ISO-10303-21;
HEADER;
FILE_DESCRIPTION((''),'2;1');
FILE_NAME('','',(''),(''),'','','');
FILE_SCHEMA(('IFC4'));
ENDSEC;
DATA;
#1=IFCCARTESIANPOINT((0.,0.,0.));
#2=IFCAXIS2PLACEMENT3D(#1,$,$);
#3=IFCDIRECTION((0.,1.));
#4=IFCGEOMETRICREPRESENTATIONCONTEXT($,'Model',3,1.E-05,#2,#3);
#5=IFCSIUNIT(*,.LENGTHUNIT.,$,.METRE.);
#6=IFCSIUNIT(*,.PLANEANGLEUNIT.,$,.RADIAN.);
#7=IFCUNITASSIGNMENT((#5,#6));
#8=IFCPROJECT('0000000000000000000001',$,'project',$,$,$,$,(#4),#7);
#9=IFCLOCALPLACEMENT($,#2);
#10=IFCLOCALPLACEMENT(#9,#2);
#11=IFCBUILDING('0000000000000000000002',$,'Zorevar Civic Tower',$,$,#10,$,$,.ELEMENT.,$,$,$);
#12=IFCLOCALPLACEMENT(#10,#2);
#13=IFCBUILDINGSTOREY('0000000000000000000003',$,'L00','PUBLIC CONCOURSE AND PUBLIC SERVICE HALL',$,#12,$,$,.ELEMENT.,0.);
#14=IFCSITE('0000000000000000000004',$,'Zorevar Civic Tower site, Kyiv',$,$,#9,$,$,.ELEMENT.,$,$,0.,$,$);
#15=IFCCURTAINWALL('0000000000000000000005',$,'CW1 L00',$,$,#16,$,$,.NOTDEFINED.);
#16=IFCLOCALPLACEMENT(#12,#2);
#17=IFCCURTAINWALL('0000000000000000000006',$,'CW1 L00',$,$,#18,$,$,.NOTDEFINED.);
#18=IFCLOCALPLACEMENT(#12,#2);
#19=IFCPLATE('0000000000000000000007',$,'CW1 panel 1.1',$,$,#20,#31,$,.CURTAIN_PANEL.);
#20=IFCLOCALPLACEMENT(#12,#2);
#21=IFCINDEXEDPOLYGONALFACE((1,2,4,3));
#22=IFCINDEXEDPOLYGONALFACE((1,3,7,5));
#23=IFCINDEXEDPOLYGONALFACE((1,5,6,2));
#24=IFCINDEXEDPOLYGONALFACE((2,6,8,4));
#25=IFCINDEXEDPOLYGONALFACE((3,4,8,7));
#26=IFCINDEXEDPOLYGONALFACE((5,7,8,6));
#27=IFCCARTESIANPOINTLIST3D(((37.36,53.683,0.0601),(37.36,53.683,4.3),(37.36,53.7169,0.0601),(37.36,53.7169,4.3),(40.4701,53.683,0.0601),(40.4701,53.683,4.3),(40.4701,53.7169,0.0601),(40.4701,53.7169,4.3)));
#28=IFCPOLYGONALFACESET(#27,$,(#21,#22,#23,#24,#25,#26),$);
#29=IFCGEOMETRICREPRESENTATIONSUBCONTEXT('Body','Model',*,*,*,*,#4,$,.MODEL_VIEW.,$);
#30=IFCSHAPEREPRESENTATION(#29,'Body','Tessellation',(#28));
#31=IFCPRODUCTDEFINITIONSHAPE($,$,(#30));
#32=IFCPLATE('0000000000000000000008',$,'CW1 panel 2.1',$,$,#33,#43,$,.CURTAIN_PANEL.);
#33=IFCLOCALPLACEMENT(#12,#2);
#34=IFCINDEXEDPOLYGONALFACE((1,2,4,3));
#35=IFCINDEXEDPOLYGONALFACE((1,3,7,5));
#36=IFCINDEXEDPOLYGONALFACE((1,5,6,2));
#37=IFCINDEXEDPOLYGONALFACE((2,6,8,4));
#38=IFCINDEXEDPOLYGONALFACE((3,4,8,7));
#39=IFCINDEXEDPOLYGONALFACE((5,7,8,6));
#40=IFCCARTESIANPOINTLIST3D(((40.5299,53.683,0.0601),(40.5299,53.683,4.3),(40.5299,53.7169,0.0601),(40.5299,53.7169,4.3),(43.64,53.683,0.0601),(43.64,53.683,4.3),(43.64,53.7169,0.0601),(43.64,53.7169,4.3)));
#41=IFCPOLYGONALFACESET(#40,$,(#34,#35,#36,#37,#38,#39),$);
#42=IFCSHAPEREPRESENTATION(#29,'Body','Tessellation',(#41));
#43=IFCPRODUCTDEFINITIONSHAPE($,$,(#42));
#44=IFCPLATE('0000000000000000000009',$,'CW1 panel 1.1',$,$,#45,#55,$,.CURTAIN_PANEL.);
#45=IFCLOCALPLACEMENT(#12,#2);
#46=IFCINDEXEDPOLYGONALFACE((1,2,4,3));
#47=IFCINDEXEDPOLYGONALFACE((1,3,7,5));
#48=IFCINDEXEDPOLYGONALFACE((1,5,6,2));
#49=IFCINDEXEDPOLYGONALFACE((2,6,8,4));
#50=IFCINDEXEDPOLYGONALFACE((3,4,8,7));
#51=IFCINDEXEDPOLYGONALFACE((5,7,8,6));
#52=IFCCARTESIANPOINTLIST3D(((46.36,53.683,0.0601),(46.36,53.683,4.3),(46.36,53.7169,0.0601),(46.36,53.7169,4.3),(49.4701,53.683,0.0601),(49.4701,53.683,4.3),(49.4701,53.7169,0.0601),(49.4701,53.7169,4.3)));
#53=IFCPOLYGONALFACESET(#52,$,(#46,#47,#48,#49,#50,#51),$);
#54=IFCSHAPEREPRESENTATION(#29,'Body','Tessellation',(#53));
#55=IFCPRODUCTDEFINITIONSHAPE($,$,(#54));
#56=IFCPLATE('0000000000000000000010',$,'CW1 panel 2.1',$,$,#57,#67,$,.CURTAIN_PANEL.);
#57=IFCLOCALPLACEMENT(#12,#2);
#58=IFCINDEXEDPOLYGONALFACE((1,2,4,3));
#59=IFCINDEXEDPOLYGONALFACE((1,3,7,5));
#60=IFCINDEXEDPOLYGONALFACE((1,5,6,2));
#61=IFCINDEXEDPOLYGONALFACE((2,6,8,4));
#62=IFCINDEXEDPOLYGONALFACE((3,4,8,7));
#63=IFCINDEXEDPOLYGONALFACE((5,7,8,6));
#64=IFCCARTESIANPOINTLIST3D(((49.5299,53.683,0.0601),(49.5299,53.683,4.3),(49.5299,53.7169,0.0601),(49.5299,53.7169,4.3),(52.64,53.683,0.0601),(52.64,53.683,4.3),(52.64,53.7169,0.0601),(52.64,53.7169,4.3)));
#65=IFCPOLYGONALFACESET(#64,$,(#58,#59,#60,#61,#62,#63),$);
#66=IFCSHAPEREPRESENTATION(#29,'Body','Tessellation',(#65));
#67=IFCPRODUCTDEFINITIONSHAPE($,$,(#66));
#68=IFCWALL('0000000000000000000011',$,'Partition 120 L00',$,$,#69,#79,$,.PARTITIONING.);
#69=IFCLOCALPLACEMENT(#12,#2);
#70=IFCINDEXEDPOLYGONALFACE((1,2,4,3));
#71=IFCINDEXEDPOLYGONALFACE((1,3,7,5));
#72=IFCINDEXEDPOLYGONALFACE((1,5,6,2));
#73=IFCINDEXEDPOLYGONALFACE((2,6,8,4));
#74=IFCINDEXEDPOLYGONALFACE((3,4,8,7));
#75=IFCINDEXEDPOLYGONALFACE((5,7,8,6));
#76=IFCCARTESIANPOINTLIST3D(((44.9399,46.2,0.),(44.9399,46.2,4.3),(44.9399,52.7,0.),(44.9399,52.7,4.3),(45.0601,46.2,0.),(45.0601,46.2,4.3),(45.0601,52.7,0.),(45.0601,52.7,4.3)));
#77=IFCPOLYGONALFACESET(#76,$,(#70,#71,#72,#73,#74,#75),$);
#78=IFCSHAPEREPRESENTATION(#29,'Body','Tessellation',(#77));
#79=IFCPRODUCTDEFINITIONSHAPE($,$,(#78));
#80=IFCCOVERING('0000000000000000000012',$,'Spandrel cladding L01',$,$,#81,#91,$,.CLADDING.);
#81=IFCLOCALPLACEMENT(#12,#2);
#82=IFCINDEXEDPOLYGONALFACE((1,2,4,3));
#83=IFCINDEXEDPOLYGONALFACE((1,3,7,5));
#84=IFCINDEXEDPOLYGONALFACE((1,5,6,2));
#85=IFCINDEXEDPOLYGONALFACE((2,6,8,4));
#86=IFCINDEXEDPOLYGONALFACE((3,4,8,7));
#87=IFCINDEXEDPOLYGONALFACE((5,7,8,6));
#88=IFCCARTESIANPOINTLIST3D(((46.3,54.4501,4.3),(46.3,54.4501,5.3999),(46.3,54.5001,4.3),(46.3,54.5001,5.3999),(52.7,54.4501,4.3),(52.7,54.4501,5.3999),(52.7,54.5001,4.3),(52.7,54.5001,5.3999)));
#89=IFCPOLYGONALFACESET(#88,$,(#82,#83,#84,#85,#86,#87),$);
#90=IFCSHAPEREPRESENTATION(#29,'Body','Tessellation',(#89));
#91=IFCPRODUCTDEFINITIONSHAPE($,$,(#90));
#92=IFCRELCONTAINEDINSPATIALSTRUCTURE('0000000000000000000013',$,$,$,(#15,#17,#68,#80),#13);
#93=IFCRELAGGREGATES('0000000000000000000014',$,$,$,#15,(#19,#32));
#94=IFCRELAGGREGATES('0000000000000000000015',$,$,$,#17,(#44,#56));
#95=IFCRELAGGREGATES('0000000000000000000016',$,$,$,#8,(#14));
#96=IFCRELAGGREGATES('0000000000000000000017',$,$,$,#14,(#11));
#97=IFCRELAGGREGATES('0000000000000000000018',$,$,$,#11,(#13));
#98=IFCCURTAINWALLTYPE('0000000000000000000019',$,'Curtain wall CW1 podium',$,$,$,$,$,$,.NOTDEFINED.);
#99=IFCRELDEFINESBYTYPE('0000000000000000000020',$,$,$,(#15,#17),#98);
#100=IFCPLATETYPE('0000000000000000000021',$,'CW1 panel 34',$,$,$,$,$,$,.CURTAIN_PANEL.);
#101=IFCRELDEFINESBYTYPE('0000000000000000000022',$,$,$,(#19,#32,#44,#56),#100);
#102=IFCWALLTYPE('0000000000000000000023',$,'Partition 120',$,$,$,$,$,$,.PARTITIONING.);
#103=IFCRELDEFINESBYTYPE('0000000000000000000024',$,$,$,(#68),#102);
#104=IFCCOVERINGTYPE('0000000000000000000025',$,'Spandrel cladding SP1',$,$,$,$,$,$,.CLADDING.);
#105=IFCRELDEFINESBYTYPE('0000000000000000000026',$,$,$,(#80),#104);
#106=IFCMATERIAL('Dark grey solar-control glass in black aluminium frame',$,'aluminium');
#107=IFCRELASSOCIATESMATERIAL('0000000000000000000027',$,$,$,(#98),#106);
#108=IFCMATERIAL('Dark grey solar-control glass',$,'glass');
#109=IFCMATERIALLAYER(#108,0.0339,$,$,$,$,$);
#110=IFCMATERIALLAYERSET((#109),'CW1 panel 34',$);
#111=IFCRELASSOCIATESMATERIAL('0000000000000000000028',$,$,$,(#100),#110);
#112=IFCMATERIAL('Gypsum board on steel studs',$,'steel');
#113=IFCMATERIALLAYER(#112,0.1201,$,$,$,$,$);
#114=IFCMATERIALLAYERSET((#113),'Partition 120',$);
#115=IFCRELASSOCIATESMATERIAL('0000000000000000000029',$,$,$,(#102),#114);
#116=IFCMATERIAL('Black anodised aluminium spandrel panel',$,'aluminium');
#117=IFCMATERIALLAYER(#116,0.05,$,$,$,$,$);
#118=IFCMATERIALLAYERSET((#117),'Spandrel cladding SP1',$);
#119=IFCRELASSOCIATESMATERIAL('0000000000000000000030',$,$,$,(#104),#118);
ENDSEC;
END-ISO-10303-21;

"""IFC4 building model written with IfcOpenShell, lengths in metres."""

from ifc_helpers import new_model, si_unit, direction, frame, frame_2d, origin, origin_2d, place, context, subcontext, project, spatial, rectangle, extrude, material, layer, layer_set, type_object, element, aggregate, save


model = new_model("IFC4")

# Units and contexts
model_context = context("Model", 3, precision=1e-05, world=origin(), true_north=direction((0.0, 1.0)))
body_context = subcontext(model_context, "Body", "Model", "MODEL_VIEW")
ifc_project = project(units=[si_unit("LENGTHUNIT", "METRE"), si_unit("PLANEANGLEUNIT", "RADIAN")], contexts=[model_context])

# Site, building, storey
site_placement = place(None, origin())
site = spatial("IfcSite", under=ifc_project, at=site_placement, Name="Zorevar Civic Tower site, Kyiv", CompositionType="ELEMENT", RefElevation=0.0)
building_placement = place(site_placement, origin())
building = spatial("IfcBuilding", under=site, at=building_placement, Name="Zorevar Civic Tower", CompositionType="ELEMENT")
storey_placement = place(building_placement, origin())
storey = spatial("IfcBuildingStorey", under=building, at=storey_placement, Name="L00", Description="PUBLIC CONCOURSE AND PUBLIC SERVICE HALL", CompositionType="ELEMENT", Elevation=0.0)

# Curtain walls
ifc_material_1 = material(Name="Dark grey solar-control glass in black aluminium frame", Category="aluminium")
curtain_wall_type = type_object("IfcCurtainWallType", Name="Curtain wall CW1 podium", PredefinedType="NOTDEFINED", material=ifc_material_1)
curtain_wall_1_placement = place(storey_placement, origin())
curtain_wall_1 = element("IfcCurtainWall", 1, at=curtain_wall_1_placement, inside=storey, type_object=curtain_wall_type, Name="CW1 L00", PredefinedType="NOTDEFINED")
curtain_wall_2_placement = place(storey_placement, origin())
curtain_wall_2 = element("IfcCurtainWall", 2, at=curtain_wall_2_placement, inside=storey, type_object=curtain_wall_type, Name="CW1 L00", PredefinedType="NOTDEFINED")

# Plates
ifc_material_2 = material(Name="Dark grey solar-control glass", Category="glass")
ifc_layer_1 = layer(ifc_material_2, 0.0339)
ifc_layer_set_1 = layer_set([ifc_layer_1], Name="CW1 panel 34")
plate_type = type_object("IfcPlateType", Name="CW1 panel 34", PredefinedType="CURTAIN_PANEL", material=ifc_layer_set_1)
plate_1_placement = place(storey_placement, frame((38.915, 53.7, 0.0601), z_axis=(0.0, 0.0, 1.0), x_axis=(1.0, 0.0, 0.0)))
plate_1 = element("IfcPlate", 3, at=plate_1_placement, type_object=plate_type, Name="CW1 panel 1.1", PredefinedType="CURTAIN_PANEL", context=body_context, shape_type="SweptSolid", body=[
    extrude(rectangle(XDim=3.1101, YDim=0.0339, at=origin_2d()), origin(), (0.0, 0.0, 1.0), 4.24),
])
plate_2_placement = place(storey_placement, frame((42.085, 53.7, 0.0601), z_axis=(0.0, 0.0, 1.0), x_axis=(1.0, 0.0, 0.0)))
plate_2 = element("IfcPlate", 4, at=plate_2_placement, type_object=plate_type, Name="CW1 panel 2.1", PredefinedType="CURTAIN_PANEL", context=body_context, shape_type="SweptSolid", body=[
    extrude(rectangle(XDim=3.1101, YDim=0.0339, at=origin_2d()), origin(), (0.0, 0.0, 1.0), 4.24),
])
aggregate(curtain_wall_1, [plate_1, plate_2])
plate_3_placement = place(storey_placement, frame((47.915, 53.7, 0.0601), z_axis=(0.0, 0.0, 1.0), x_axis=(1.0, 0.0, 0.0)))
plate_3 = element("IfcPlate", 5, at=plate_3_placement, type_object=plate_type, Name="CW1 panel 1.1", PredefinedType="CURTAIN_PANEL", context=body_context, shape_type="SweptSolid", body=[
    extrude(rectangle(XDim=3.1101, YDim=0.0339, at=origin_2d()), origin(), (0.0, 0.0, 1.0), 4.24),
])
plate_4_placement = place(storey_placement, frame((51.085, 53.7, 0.0601), z_axis=(0.0, 0.0, 1.0), x_axis=(1.0, 0.0, 0.0)))
plate_4 = element("IfcPlate", 6, at=plate_4_placement, type_object=plate_type, Name="CW1 panel 2.1", PredefinedType="CURTAIN_PANEL", context=body_context, shape_type="SweptSolid", body=[
    extrude(rectangle(XDim=3.1101, YDim=0.0339, at=origin_2d()), origin(), (0.0, 0.0, 1.0), 4.24),
])
aggregate(curtain_wall_2, [plate_3, plate_4])

# Wall
ifc_material_3 = material(Name="Gypsum board on steel studs", Category="steel")
ifc_layer_2 = layer(ifc_material_3, 0.1201)
ifc_layer_set_2 = layer_set([ifc_layer_2], Name="Partition 120")
wall_type = type_object("IfcWallType", Name="Partition 120", PredefinedType="PARTITIONING", material=ifc_layer_set_2)
wall_placement = place(storey_placement, frame((45.0, 46.2, 0.0), z_axis=(0.0, 0.0, 1.0), x_axis=(0.0, 1.0, 0.0)))
element("IfcWall", 7, at=wall_placement, inside=storey, type_object=wall_type, Name="Partition 120 L00", PredefinedType="PARTITIONING", context=body_context, shape_type="SweptSolid", body=[
    extrude(rectangle(XDim=6.5, YDim=0.1201, at=frame_2d((3.25, 0.0))), origin(), (0.0, 0.0, 1.0), 4.3),
])

# Covering
ifc_material_4 = material(Name="Black anodised aluminium spandrel panel", Category="aluminium")
ifc_layer_3 = layer(ifc_material_4, 0.05)
ifc_layer_set_3 = layer_set([ifc_layer_3], Name="Spandrel cladding SP1")
covering_type = type_object("IfcCoveringType", Name="Spandrel cladding SP1", PredefinedType="CLADDING", material=ifc_layer_set_3)
covering_placement = place(storey_placement, frame((46.3, 54.4751, 4.3), z_axis=(0.0, 0.0, 1.0), x_axis=(1.0, 0.0, 0.0)))
element("IfcCovering", 8, at=covering_placement, inside=storey, type_object=covering_type, Name="Spandrel cladding L01", PredefinedType="CLADDING", context=body_context, shape_type="SweptSolid", body=[
    extrude(rectangle(XDim=6.3999, YDim=0.05, at=frame_2d((3.2, 0.0))), origin(), (0.0, 0.0, 1.0), 1.0999),
])

save(model, "model.ifc")
